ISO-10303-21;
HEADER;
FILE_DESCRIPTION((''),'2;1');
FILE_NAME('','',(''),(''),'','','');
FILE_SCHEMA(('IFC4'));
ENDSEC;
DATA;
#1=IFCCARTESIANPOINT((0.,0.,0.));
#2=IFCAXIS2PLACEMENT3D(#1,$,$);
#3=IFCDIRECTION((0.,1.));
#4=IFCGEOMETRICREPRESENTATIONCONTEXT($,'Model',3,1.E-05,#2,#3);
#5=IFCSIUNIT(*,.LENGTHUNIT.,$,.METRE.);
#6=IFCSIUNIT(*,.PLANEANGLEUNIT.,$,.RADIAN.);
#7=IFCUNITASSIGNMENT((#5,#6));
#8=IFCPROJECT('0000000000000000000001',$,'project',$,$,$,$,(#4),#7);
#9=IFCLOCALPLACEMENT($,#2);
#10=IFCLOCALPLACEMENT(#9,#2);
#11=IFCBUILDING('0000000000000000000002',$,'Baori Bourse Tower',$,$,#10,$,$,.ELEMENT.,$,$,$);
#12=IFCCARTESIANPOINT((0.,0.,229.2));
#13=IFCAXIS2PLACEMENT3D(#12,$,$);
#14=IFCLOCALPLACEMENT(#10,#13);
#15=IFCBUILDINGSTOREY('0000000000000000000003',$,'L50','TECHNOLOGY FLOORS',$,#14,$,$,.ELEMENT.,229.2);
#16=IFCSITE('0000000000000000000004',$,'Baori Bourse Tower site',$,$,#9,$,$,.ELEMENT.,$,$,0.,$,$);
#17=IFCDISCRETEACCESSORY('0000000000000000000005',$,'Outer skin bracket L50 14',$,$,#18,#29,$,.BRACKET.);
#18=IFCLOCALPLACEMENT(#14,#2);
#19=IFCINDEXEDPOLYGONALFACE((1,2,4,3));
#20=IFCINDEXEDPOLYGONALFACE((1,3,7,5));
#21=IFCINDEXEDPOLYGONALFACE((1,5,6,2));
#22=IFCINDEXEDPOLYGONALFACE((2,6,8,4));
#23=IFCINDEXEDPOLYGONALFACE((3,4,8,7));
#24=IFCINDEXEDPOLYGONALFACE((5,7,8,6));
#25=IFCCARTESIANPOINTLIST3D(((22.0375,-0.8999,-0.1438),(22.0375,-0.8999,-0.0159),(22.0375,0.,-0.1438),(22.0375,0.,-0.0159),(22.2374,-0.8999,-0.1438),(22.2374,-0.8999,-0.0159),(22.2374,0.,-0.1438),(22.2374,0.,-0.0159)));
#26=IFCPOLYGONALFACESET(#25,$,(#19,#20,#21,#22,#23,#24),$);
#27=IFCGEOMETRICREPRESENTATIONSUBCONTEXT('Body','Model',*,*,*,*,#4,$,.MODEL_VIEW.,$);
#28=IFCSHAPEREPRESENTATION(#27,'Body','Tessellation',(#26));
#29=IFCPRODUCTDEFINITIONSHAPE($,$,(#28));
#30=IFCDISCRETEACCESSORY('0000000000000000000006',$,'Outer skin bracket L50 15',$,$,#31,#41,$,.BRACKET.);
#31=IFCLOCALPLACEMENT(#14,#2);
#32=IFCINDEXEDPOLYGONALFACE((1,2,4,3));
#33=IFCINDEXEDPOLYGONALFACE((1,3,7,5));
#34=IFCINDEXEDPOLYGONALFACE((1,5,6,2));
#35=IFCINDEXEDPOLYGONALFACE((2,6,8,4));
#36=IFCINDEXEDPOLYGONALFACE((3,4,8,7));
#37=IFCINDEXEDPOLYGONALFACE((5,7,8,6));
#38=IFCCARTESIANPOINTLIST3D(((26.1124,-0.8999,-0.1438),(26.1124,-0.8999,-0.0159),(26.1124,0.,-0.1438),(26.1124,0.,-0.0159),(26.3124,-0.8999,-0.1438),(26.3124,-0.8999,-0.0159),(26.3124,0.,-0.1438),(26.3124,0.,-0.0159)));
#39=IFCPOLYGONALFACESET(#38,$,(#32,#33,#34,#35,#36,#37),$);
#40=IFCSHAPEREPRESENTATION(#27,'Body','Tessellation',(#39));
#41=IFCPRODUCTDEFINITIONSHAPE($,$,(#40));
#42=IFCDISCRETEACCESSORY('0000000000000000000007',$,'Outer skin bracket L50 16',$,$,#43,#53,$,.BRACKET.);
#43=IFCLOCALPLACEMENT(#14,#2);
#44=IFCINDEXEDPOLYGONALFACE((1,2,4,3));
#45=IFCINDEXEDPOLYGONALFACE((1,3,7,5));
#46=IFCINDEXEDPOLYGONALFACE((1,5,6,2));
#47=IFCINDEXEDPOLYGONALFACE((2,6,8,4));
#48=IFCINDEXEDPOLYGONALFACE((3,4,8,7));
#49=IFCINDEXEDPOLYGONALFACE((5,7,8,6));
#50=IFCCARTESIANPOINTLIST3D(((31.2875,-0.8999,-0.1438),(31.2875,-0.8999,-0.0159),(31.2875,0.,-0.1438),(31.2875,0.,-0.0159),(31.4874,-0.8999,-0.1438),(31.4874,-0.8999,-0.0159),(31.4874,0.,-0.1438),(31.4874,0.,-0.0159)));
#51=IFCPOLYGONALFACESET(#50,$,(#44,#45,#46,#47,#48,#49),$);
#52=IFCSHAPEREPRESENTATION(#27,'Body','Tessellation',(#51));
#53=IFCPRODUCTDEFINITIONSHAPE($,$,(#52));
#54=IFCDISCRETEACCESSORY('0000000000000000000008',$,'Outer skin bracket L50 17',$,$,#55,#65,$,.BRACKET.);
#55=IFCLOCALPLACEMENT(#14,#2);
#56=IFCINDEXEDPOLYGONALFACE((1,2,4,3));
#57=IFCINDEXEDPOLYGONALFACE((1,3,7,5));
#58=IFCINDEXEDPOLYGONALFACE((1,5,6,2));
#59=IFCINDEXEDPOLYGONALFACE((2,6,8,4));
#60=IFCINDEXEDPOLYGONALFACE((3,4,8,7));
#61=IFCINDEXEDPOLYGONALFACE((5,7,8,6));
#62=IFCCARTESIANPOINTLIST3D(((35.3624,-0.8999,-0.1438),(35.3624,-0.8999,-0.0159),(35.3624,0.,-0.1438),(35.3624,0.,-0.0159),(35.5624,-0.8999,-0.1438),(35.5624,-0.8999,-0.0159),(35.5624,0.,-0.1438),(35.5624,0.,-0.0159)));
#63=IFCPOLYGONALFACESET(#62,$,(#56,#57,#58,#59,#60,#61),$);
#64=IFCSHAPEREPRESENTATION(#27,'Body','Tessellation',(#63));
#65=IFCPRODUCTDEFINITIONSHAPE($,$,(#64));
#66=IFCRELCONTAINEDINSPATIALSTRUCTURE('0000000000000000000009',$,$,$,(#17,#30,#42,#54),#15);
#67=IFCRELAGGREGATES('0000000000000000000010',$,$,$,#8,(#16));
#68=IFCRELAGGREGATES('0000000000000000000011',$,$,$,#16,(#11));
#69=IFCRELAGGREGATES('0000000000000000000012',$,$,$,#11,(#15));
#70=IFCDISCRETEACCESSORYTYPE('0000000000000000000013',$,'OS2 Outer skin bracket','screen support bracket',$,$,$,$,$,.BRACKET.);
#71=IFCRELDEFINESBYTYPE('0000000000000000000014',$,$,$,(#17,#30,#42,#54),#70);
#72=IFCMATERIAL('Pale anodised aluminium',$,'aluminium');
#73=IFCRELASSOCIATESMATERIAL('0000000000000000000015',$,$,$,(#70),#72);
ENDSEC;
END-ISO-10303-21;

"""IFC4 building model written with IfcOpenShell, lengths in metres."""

from ifc_helpers import new_model, si_unit, direction, frame, origin, origin_2d, place, context, subcontext, project, spatial, rectangle, extrude, material, type_object, element, save


model = new_model("IFC4")

# Units and contexts
model_context = context("Model", 3, precision=1e-05, world=origin(), true_north=direction((0.0, 1.0)))
body_context = subcontext(model_context, "Body", "Model", "MODEL_VIEW")
ifc_project = project(units=[si_unit("LENGTHUNIT", "METRE"), si_unit("PLANEANGLEUNIT", "RADIAN")], contexts=[model_context])

# Site, building, storey
site_placement = place(None, origin())
site = spatial("IfcSite", under=ifc_project, at=site_placement, Name="Baori Bourse Tower site", CompositionType="ELEMENT", RefElevation=0.0)
building_placement = place(site_placement, origin())
building = spatial("IfcBuilding", under=site, at=building_placement, Name="Baori Bourse Tower", CompositionType="ELEMENT")
storey_placement = place(building_placement, frame((0.0, 0.0, 229.2)))
storey = spatial("IfcBuildingStorey", under=building, at=storey_placement, Name="L50", Description="TECHNOLOGY FLOORS", CompositionType="ELEMENT", Elevation=229.2)

# Discrete accessories
ifc_material_1 = material(Name="Pale anodised aluminium", Category="aluminium")
discrete_accessory_type = type_object("IfcDiscreteAccessoryType", Name="OS2 Outer skin bracket", Description="screen support bracket", PredefinedType="BRACKET", material=ifc_material_1)
for number, where, z_axis, x_axis, name in (
    (1, (22.1375, -0.45, -0.1438), (0.0, 0.0, 1.0), (1.0, 0.0, 0.0), "Outer skin bracket L50 14"),
    (2, (26.2124, -0.45, -0.1438), (0.0, 0.0, 1.0), (1.0, 0.0, 0.0), "Outer skin bracket L50 15"),
    (3, (31.3875, -0.45, -0.1438), (0.0, 0.0, 1.0), (1.0, 0.0, 0.0), "Outer skin bracket L50 16"),
    (4, (35.4624, -0.45, -0.1438), (0.0, 0.0, 1.0), (1.0, 0.0, 0.0), "Outer skin bracket L50 17"),
):
    element("IfcDiscreteAccessory", number, at=place(storey_placement, frame(where, z_axis=z_axis, x_axis=x_axis)), inside=storey, type_object=discrete_accessory_type, Name=name, PredefinedType="BRACKET", context=body_context, shape_type="SweptSolid", body=[
        extrude(rectangle(XDim=0.2, YDim=0.8999, at=origin_2d()), origin(), (0.0, 0.0, 1.0), 0.1279),
    ])

save(model, "model.ifc")
